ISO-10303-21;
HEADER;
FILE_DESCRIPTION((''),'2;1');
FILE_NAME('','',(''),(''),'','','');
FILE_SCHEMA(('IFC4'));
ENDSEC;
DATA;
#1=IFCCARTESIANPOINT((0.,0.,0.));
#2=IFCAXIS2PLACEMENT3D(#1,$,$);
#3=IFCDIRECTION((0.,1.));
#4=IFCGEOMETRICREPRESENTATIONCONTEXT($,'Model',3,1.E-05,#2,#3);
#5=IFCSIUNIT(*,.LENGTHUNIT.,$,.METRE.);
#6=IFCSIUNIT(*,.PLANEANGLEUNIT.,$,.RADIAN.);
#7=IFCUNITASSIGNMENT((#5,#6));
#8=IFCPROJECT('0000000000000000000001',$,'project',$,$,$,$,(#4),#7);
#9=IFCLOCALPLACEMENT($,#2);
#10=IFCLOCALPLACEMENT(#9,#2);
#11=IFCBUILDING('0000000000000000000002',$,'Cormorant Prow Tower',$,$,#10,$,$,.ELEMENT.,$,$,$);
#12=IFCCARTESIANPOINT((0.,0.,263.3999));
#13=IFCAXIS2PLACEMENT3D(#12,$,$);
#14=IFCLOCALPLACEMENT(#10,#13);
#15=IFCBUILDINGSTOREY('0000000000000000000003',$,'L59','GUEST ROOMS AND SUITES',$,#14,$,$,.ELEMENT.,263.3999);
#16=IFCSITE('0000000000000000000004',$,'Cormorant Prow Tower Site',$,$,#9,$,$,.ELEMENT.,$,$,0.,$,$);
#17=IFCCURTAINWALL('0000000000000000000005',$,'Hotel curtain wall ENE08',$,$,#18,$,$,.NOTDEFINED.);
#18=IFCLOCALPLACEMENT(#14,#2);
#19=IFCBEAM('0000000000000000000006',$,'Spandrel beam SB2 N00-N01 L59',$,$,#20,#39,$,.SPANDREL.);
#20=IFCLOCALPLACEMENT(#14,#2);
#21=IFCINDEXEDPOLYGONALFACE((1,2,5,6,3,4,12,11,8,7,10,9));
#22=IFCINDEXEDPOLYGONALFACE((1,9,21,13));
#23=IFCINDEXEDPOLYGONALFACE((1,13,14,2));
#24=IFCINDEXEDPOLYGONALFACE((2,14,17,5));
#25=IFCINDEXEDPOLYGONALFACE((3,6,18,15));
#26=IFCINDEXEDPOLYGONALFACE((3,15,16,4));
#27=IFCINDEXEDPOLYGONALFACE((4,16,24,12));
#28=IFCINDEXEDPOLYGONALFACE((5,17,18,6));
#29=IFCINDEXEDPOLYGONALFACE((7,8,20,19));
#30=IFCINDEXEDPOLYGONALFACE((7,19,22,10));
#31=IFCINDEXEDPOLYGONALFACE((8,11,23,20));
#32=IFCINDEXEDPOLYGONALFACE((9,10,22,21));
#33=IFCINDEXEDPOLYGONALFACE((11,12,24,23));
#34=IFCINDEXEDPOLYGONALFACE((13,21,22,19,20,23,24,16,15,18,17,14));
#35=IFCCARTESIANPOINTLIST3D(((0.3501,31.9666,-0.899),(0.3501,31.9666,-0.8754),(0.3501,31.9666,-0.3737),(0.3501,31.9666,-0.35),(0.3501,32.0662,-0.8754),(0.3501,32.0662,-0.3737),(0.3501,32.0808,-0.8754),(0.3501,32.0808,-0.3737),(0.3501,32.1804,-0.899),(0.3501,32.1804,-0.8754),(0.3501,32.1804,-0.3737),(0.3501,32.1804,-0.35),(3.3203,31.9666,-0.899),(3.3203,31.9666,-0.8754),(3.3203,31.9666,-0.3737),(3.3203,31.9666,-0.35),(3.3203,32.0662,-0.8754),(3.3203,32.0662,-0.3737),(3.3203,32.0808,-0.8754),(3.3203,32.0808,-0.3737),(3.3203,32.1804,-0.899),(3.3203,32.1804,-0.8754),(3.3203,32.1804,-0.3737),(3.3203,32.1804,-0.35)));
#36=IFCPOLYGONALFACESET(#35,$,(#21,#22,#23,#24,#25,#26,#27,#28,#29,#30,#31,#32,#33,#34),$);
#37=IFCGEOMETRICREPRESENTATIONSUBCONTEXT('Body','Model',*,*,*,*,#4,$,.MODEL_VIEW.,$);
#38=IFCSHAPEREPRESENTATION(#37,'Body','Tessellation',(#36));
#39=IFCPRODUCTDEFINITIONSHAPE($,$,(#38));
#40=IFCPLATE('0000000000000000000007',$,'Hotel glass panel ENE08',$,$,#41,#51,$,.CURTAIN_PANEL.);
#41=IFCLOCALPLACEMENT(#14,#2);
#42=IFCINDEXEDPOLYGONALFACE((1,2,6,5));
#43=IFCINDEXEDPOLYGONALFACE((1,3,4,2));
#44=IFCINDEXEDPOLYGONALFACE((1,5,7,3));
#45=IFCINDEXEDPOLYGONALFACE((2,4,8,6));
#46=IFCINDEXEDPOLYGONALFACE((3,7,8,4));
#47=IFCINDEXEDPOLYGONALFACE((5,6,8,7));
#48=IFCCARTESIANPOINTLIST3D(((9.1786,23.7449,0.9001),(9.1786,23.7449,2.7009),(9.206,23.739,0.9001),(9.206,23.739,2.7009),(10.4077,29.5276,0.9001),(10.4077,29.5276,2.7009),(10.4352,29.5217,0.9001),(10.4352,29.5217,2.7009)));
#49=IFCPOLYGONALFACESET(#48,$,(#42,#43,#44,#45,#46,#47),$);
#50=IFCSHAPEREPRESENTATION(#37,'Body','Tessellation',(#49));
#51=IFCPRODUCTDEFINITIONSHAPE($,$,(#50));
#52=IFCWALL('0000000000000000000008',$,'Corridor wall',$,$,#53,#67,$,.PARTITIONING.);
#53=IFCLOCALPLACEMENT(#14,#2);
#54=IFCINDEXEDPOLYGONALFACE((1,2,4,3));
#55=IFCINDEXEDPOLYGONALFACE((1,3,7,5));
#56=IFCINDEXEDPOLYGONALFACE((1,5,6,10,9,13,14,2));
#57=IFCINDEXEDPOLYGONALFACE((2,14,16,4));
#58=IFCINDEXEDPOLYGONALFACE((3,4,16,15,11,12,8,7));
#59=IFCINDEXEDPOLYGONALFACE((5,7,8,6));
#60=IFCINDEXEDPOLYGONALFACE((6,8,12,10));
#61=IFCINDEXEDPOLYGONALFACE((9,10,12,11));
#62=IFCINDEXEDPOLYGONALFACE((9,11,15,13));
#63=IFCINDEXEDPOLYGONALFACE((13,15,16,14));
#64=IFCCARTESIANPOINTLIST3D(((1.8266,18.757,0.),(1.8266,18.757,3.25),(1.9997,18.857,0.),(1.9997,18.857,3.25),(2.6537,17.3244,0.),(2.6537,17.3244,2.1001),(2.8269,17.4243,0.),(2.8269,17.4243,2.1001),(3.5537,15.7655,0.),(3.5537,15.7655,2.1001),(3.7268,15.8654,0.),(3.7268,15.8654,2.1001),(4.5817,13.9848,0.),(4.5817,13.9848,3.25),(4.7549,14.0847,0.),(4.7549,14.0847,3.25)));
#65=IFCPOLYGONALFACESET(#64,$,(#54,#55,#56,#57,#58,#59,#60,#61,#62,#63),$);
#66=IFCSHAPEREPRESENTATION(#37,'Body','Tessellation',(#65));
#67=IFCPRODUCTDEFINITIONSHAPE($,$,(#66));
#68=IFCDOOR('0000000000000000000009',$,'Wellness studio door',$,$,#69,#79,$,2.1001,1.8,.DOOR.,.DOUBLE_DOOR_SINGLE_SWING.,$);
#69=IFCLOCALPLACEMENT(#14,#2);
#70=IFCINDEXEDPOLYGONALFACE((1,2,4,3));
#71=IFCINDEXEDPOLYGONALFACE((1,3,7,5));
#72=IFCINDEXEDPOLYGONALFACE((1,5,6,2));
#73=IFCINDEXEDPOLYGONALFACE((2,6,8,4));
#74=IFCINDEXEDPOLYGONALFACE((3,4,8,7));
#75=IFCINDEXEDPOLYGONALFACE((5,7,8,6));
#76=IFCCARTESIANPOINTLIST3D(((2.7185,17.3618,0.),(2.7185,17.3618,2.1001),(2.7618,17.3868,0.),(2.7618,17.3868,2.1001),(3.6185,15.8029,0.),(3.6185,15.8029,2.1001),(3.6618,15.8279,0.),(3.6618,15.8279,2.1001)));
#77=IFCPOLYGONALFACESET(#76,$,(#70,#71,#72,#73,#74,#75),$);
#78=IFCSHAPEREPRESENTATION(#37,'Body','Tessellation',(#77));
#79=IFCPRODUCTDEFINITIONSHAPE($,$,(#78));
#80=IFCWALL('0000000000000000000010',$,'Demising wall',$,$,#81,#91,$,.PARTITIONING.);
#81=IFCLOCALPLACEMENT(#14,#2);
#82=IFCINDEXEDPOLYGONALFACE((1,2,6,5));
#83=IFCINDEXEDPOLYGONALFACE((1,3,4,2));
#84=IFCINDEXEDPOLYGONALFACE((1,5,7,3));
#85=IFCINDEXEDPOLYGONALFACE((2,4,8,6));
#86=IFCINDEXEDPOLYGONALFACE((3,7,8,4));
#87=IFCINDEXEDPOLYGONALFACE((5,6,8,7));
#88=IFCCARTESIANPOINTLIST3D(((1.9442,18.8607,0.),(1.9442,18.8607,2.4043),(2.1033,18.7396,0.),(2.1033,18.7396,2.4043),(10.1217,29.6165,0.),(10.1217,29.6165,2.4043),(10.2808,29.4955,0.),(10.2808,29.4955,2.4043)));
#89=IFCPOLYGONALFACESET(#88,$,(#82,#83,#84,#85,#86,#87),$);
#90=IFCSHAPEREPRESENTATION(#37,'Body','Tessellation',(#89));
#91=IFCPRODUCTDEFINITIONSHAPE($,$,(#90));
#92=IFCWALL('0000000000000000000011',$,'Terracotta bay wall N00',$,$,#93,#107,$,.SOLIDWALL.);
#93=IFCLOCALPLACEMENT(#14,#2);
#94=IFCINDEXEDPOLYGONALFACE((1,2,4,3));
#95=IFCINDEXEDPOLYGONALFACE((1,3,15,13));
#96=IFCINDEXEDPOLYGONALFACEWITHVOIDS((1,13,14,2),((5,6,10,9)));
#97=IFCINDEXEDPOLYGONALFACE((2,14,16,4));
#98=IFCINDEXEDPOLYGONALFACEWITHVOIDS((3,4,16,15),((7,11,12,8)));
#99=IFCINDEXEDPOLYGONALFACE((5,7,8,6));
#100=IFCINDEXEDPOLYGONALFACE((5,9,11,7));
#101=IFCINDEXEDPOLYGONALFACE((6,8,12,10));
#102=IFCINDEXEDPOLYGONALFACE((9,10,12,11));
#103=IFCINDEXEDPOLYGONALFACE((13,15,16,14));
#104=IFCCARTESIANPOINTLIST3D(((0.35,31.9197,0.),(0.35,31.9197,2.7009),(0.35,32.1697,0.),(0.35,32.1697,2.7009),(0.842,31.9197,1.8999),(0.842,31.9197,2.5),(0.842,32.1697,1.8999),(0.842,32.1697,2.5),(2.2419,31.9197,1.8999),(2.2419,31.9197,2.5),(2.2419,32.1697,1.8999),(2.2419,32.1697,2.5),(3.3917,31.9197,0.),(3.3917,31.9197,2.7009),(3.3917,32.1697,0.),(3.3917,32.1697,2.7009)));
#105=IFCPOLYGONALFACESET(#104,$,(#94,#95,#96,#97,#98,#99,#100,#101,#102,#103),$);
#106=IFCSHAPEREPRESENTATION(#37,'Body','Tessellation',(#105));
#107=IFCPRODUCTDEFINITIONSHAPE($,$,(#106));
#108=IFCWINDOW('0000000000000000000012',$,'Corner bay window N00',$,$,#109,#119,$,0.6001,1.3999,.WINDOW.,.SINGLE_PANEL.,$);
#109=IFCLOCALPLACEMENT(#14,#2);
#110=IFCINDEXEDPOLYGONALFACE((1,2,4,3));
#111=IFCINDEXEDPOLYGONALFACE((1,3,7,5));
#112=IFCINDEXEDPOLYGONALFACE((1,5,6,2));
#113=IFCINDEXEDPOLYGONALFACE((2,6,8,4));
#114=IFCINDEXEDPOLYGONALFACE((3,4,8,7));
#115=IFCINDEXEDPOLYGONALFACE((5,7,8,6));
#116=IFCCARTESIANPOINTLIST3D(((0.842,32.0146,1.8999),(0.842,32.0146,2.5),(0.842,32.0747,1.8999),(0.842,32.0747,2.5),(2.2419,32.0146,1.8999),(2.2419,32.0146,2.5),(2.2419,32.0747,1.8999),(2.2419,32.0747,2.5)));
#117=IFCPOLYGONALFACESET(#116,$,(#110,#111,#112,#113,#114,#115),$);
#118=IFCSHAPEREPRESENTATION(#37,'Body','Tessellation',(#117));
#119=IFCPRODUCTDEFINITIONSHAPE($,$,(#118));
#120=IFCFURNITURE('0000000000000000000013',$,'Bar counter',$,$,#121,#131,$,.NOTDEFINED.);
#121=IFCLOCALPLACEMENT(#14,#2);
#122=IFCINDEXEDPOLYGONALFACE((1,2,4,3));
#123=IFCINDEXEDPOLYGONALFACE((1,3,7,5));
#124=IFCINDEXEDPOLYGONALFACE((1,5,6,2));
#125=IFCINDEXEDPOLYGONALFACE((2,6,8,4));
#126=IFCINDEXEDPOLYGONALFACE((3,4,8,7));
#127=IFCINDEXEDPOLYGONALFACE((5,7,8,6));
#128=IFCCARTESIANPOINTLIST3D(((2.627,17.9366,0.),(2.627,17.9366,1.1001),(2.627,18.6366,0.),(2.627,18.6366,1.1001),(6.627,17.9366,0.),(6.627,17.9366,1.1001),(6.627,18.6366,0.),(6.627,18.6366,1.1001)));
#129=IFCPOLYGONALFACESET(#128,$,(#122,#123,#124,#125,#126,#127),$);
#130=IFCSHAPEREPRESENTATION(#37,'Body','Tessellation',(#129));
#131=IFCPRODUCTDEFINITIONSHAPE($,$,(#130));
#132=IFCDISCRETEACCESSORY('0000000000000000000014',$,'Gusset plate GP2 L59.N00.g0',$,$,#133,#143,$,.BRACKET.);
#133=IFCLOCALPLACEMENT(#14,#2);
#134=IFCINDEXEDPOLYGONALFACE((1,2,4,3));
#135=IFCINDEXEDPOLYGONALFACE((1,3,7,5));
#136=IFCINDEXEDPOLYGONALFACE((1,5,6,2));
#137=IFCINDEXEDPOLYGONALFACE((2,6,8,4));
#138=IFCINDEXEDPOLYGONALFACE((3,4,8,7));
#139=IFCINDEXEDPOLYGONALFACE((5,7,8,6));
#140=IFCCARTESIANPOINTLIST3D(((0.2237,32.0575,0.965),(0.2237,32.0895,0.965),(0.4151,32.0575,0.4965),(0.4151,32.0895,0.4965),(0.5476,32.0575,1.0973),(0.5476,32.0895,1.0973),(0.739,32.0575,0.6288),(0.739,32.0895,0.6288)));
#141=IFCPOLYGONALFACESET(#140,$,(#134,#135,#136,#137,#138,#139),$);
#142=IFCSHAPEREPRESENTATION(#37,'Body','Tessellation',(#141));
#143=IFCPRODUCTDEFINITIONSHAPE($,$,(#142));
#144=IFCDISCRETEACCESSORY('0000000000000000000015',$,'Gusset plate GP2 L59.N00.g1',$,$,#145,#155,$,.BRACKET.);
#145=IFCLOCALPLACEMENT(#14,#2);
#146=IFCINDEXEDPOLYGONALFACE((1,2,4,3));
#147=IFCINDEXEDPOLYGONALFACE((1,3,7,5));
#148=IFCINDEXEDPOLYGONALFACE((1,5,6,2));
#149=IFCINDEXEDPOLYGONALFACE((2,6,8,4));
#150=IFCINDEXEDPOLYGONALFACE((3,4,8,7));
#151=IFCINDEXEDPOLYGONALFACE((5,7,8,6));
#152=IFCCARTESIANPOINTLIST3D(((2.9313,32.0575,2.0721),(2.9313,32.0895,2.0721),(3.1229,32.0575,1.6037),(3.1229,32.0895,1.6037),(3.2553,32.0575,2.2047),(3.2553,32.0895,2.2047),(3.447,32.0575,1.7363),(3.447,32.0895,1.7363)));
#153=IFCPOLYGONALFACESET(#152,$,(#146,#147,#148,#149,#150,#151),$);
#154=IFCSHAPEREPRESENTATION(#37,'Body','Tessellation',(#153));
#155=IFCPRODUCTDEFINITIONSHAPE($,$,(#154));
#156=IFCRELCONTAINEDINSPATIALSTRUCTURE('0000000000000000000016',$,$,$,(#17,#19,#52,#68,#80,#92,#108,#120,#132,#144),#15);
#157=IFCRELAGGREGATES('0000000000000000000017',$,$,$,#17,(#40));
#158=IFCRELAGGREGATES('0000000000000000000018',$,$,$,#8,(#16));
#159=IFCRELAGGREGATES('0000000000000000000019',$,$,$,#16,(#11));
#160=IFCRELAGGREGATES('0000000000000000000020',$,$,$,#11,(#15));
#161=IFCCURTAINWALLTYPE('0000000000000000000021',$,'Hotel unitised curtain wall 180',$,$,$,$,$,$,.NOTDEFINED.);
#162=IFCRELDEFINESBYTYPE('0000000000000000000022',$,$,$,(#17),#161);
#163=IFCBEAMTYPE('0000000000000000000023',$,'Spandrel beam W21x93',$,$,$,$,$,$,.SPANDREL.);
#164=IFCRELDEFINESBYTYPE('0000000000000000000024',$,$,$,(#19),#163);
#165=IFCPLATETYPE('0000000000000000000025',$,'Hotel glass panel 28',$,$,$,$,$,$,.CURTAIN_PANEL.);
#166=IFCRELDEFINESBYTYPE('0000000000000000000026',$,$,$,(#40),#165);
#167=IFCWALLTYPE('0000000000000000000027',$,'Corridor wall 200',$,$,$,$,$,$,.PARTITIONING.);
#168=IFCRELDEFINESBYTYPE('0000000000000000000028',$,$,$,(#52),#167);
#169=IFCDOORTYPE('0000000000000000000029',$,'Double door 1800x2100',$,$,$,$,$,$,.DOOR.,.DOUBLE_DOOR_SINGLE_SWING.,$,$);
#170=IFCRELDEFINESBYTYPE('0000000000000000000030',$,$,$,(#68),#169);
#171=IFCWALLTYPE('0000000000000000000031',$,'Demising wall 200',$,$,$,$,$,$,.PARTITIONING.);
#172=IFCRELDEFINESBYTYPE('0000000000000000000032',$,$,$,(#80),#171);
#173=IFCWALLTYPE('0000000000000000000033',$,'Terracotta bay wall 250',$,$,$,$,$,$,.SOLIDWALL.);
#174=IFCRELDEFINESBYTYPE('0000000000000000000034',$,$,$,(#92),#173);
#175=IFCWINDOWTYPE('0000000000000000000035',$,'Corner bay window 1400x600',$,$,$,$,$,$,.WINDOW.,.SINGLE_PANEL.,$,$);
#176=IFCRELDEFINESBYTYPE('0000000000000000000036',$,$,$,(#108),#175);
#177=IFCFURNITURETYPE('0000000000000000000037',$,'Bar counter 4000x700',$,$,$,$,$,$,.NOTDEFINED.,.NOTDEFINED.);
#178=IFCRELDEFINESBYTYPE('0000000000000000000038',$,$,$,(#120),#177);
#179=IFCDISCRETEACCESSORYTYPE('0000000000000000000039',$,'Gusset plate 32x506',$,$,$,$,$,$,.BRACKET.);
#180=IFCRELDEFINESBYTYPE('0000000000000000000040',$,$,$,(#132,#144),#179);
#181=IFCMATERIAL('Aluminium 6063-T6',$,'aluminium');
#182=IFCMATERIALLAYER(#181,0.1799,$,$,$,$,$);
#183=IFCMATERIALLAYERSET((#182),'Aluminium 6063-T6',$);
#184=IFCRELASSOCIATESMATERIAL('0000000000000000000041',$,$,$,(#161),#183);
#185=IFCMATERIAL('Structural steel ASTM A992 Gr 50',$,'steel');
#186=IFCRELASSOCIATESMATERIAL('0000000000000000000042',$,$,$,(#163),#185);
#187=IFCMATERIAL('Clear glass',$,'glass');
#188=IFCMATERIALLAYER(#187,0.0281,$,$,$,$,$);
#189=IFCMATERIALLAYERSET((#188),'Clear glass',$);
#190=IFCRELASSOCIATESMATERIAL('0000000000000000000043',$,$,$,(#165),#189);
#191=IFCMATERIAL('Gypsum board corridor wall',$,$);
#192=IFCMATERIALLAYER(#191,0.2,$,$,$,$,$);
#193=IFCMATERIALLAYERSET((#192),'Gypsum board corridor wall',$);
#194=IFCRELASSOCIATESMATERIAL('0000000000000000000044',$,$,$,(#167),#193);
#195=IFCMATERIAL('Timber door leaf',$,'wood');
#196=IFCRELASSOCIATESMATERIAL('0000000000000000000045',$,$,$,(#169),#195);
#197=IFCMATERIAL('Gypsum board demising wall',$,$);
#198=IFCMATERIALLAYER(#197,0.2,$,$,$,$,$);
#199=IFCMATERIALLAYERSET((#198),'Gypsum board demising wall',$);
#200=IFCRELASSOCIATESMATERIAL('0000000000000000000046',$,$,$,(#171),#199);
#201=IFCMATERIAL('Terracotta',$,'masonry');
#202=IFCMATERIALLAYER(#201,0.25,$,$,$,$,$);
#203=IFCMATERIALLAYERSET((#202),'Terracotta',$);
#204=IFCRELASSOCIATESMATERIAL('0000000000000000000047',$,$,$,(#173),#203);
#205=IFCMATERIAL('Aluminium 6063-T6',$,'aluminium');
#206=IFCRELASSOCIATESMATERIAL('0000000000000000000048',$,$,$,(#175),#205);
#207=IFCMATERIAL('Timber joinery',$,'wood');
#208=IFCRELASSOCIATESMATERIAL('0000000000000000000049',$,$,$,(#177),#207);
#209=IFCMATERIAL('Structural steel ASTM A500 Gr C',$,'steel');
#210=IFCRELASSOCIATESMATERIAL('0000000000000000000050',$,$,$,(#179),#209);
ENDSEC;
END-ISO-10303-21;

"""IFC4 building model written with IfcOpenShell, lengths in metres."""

from ifc_helpers import new_model, si_unit, direction, frame, frame_2d, origin, origin_2d, place, context, subcontext, project, spatial, rectangle, i_section, extrude, material, layer, layer_set, material_profile, profile_set, type_object, element, fill, aggregate, save


model = new_model("IFC4")

# Units and contexts
model_context = context("Model", 3, precision=1e-05, world=origin(), true_north=direction((0.0, 1.0)))
body_context = subcontext(model_context, "Body", "Model", "MODEL_VIEW")
ifc_project = project(units=[si_unit("LENGTHUNIT", "METRE"), si_unit("PLANEANGLEUNIT", "RADIAN")], contexts=[model_context])

# Site, building, storey
site_placement = place(None, origin())
site = spatial("IfcSite", under=ifc_project, at=site_placement, Name="Cormorant Prow Tower Site", CompositionType="ELEMENT", RefElevation=0.0)
building_placement = place(site_placement, origin())
building = spatial("IfcBuilding", under=site, at=building_placement, Name="Cormorant Prow Tower", CompositionType="ELEMENT")
storey_placement = place(building_placement, frame((0.0, 0.0, 263.3999)))
storey = spatial("IfcBuildingStorey", under=building, at=storey_placement, Name="L59", Description="GUEST ROOMS AND SUITES", CompositionType="ELEMENT", Elevation=263.3999)

# Curtain wall
ifc_material_1 = material(Name="Aluminium 6063-T6", Category="aluminium")
ifc_layer_1 = layer(ifc_material_1, 0.1799)
ifc_layer_set_1 = layer_set([ifc_layer_1], Name="Aluminium 6063-T6")
curtain_wall_type = type_object("IfcCurtainWallType", Name="Hotel unitised curtain wall 180", PredefinedType="NOTDEFINED", material=ifc_layer_set_1)
curtain_wall_placement = place(storey_placement, origin())
curtain_wall = element("IfcCurtainWall", 1, at=curtain_wall_placement, inside=storey, type_object=curtain_wall_type, Name="Hotel curtain wall ENE08", PredefinedType="NOTDEFINED")

# Beam
ifc_material_2 = material(Name="Structural steel ASTM A992 Gr 50", Category="steel")
ifc_material_profile_1 = material_profile(ifc_material_2, i_section(OverallWidth=0.2139, OverallDepth=0.5491, WebThickness=0.0146, FlangeThickness=0.0237, at=origin_2d()), Name="W21x93")
ifc_profile_set_1 = profile_set([ifc_material_profile_1], Name="Structural steel ASTM A992 Gr 50")
beam_type = type_object("IfcBeamType", Name="Spandrel beam W21x93", PredefinedType="SPANDREL", material=ifc_profile_set_1)
beam_1_placement = place(storey_placement, frame((3.3203, 32.0735, -0.6245), z_axis=(-1.0, 0.0, 0.0), x_axis=(0.0, -1.0, 0.0)))
element("IfcBeam", 2, at=beam_1_placement, inside=storey, type_object=beam_type, Name="Spandrel beam SB2 N00-N01 L59", PredefinedType="SPANDREL", context=body_context, shape_type="SweptSolid", body=[
    extrude(i_section(OverallWidth=0.2139, OverallDepth=0.5491, WebThickness=0.0146, FlangeThickness=0.0237, at=origin_2d()), origin(), (0.0, 0.0, 1.0), 2.9702),
])

# Plate
ifc_material_3 = material(Name="Clear glass", Category="glass")
ifc_layer_2 = layer(ifc_material_3, 0.0281)
ifc_layer_set_2 = layer_set([ifc_layer_2], Name="Clear glass")
plate_type = type_object("IfcPlateType", Name="Hotel glass panel 28", PredefinedType="CURTAIN_PANEL", material=ifc_layer_set_2)
plate_placement = place(storey_placement, frame((9.8069, 26.6333, 0.9001), z_axis=(0.0, 0.0, 1.0), x_axis=(0.207912, 0.978148, 0.0)))
plate = element("IfcPlate", 3, at=plate_placement, type_object=plate_type, Name="Hotel glass panel ENE08", PredefinedType="CURTAIN_PANEL", context=body_context, shape_type="SweptSolid", body=[
    extrude(rectangle(XDim=5.9119, YDim=0.0281, at=origin_2d()), origin(), (0.0, 0.0, 1.0), 1.8008),
])
aggregate(curtain_wall, [plate])

# Wall, opening, door
ifc_material_4 = material(Name="Gypsum board corridor wall")
ifc_layer_3 = layer(ifc_material_4, 0.2)
ifc_layer_set_3 = layer_set([ifc_layer_3], Name="Gypsum board corridor wall")
wall_type_1 = type_object("IfcWallType", Name="Corridor wall 200", PredefinedType="PARTITIONING", material=ifc_layer_set_3)
wall_1_placement = place(storey_placement, frame((1.9131, 18.8071, 0.0), z_axis=(0.0, 0.0, 1.0), x_axis=(0.499985, -0.866034, 0.0)))
wall_1 = element("IfcWall", 4, at=wall_1_placement, inside=storey, type_object=wall_type_1, Name="Corridor wall", PredefinedType="PARTITIONING", context=body_context, shape_type="SweptSolid", body=[
    extrude(rectangle(XDim=5.5105, YDim=0.2, at=frame_2d((2.7554, 0.0))), origin(), (0.0, 0.0, 1.0), 3.25),
])
opening_1_placement = place(wall_1_placement, frame((1.6545, 0.0, 0.0)))
opening_1 = element("IfcOpeningElement", 5, at=opening_1_placement, cuts=wall_1, PredefinedType="OPENING", context=body_context, shape_type="SweptSolid", body=[
    extrude(rectangle(XDim=1.8, YDim=2.1001, at=frame_2d((0.8999, 1.05))), frame((0.0, 0.1099, 0.0), z_axis=(0.0, -1.0, 0.0), x_axis=(1.0, 0.0, 0.0)), (0.0, 0.0, 1.0), 0.22),
])
ifc_material_5 = material(Name="Timber door leaf", Category="wood")
door_type_1 = type_object("IfcDoorType", Name="Double door 1800x2100", OperationType="DOUBLE_DOOR_SINGLE_SWING", PredefinedType="DOOR", material=ifc_material_5)
door_1_placement = place(opening_1_placement, origin())
door_1 = element("IfcDoor", 6, at=door_1_placement, inside=storey, type_object=door_type_1, Name="Wellness studio door", OperationType="DOUBLE_DOOR_SINGLE_SWING", OverallHeight=2.1001, OverallWidth=1.8, PredefinedType="DOOR", context=body_context, shape_type="SweptSolid", body=[
    extrude(rectangle(XDim=1.8, YDim=2.1001, at=frame_2d((0.8999, 1.05))), frame((0.0, 0.0249, 0.0), z_axis=(0.0, -1.0, 0.0), x_axis=(1.0, 0.0, 0.0)), (0.0, 0.0, 1.0), 0.05),
])
fill(opening_1, door_1)

# Wall
ifc_material_6 = material(Name="Gypsum board demising wall")
ifc_layer_4 = layer(ifc_material_6, 0.2)
ifc_layer_set_4 = layer_set([ifc_layer_4], Name="Gypsum board demising wall")
wall_type_2 = type_object("IfcWallType", Name="Demising wall 200", PredefinedType="PARTITIONING", material=ifc_layer_set_4)
wall_2_placement = place(storey_placement, frame((2.0237, 18.8, 0.0), z_axis=(0.0, 0.0, 1.0), x_axis=(0.605226, 0.796054, 0.0)))
element("IfcWall", 7, at=wall_2_placement, inside=storey, type_object=wall_type_2, Name="Demising wall", PredefinedType="PARTITIONING", context=body_context, shape_type="SweptSolid", body=[
    extrude(rectangle(XDim=13.5115, YDim=0.2, at=frame_2d((6.7559, 0.0))), origin(), (0.0, 0.0, 1.0), 2.4043),
])

# Wall, opening, window
ifc_material_7 = material(Name="Terracotta", Category="masonry")
ifc_layer_5 = layer(ifc_material_7, 0.25)
ifc_layer_set_5 = layer_set([ifc_layer_5], Name="Terracotta")
wall_type_3 = type_object("IfcWallType", Name="Terracotta bay wall 250", PredefinedType="SOLIDWALL", material=ifc_layer_set_5)
wall_3_placement = place(storey_placement, frame((3.3918, 32.0447, 0.0), z_axis=(0.0, 0.0, 1.0), x_axis=(-1.0, 0.0, 0.0)))
wall_3 = element("IfcWall", 8, at=wall_3_placement, inside=storey, type_object=wall_type_3, Name="Terracotta bay wall N00", PredefinedType="SOLIDWALL", context=body_context, shape_type="SweptSolid", body=[
    extrude(rectangle(XDim=3.0417, YDim=0.25, at=frame_2d((1.521, 0.0))), origin(), (0.0, 0.0, 1.0), 2.7009),
])
opening_2_placement = place(wall_3_placement, frame((1.1499, 0.0, 1.8999)))
opening_2 = element("IfcOpeningElement", 9, at=opening_2_placement, cuts=wall_3, PredefinedType="OPENING", context=body_context, shape_type="SweptSolid", body=[
    extrude(rectangle(XDim=1.3999, YDim=0.6001, at=frame_2d((0.7, 0.3))), frame((0.0, 0.135, 0.0), z_axis=(0.0, -1.0, 0.0), x_axis=(1.0, 0.0, 0.0)), (0.0, 0.0, 1.0), 0.27),
])
ifc_material_8 = material(Name="Aluminium 6063-T6", Category="aluminium")
window_type = type_object("IfcWindowType", Name="Corner bay window 1400x600", PartitioningType="SINGLE_PANEL", PredefinedType="WINDOW", material=ifc_material_8)
window_placement = place(opening_2_placement, origin())
window = element("IfcWindow", 10, at=window_placement, inside=storey, type_object=window_type, Name="Corner bay window N00", OverallHeight=0.6001, OverallWidth=1.3999, PartitioningType="SINGLE_PANEL", PredefinedType="WINDOW", context=body_context, shape_type="SweptSolid", body=[
    extrude(rectangle(XDim=1.3999, YDim=0.6001, at=frame_2d((0.7, 0.3))), frame((0.0, 0.03, 0.0), z_axis=(0.0, -1.0, 0.0), x_axis=(1.0, 0.0, 0.0)), (0.0, 0.0, 1.0), 0.0601),
])
fill(opening_2, window)

# Furniture
ifc_material_9 = material(Name="Timber joinery", Category="wood")
furniture_type = type_object("IfcFurnitureType", Name="Bar counter 4000x700", AssemblyPlace="NOTDEFINED", PredefinedType="NOTDEFINED", material=ifc_material_9)
furniture_placement = place(storey_placement, frame((4.627, 18.2866, 0.0), z_axis=(0.0, 0.0, 1.0), x_axis=(1.0, 0.0, 0.0)))
element("IfcFurniture", 11, at=furniture_placement, inside=storey, type_object=furniture_type, Name="Bar counter", PredefinedType="NOTDEFINED", context=body_context, shape_type="SweptSolid", body=[
    extrude(rectangle(XDim=4.0, YDim=0.7, at=origin_2d()), origin(), (0.0, 0.0, 1.0), 1.1001),
])

# Discrete accessories
ifc_material_10 = material(Name="Structural steel ASTM A500 Gr C", Category="steel")
ifc_material_profile_2 = material_profile(ifc_material_10, rectangle(XDim=0.032, YDim=0.5061, at=origin_2d()), Name="Gusset plate 32x506")
ifc_profile_set_2 = profile_set([ifc_material_profile_2], Name="Structural steel ASTM A500 Gr C")
discrete_accessory_type = type_object("IfcDiscreteAccessoryType", Name="Gusset plate 32x506", PredefinedType="BRACKET", material=ifc_profile_set_2)
discrete_accessory_1_placement = place(storey_placement, frame((0.6433, 32.0735, 0.863), z_axis=(-0.925758, 0.0, -0.378117), x_axis=(0.0, -1.0, 0.0)))
element("IfcDiscreteAccessory", 12, at=discrete_accessory_1_placement, inside=storey, type_object=discrete_accessory_type, Name="Gusset plate GP2 L59.N00.g0", PredefinedType="BRACKET", context=body_context, shape_type="SweptSolid", body=[
    extrude(rectangle(XDim=0.032, YDim=0.5061, at=origin_2d()), origin(), (0.0, 0.0, 1.0), 0.3499),
])
discrete_accessory_2_placement = place(storey_placement, frame((3.0271, 32.0735, 1.8379), z_axis=(0.925514, 0.0, 0.378714), x_axis=(0.0, 1.0, 0.0)))
element("IfcDiscreteAccessory", 13, at=discrete_accessory_2_placement, inside=storey, type_object=discrete_accessory_type, Name="Gusset plate GP2 L59.N00.g1", PredefinedType="BRACKET", context=body_context, shape_type="SweptSolid", body=[
    extrude(rectangle(XDim=0.032, YDim=0.5061, at=origin_2d()), origin(), (0.0, 0.0, 1.0), 0.3501),
])

save(model, "model.ifc")
